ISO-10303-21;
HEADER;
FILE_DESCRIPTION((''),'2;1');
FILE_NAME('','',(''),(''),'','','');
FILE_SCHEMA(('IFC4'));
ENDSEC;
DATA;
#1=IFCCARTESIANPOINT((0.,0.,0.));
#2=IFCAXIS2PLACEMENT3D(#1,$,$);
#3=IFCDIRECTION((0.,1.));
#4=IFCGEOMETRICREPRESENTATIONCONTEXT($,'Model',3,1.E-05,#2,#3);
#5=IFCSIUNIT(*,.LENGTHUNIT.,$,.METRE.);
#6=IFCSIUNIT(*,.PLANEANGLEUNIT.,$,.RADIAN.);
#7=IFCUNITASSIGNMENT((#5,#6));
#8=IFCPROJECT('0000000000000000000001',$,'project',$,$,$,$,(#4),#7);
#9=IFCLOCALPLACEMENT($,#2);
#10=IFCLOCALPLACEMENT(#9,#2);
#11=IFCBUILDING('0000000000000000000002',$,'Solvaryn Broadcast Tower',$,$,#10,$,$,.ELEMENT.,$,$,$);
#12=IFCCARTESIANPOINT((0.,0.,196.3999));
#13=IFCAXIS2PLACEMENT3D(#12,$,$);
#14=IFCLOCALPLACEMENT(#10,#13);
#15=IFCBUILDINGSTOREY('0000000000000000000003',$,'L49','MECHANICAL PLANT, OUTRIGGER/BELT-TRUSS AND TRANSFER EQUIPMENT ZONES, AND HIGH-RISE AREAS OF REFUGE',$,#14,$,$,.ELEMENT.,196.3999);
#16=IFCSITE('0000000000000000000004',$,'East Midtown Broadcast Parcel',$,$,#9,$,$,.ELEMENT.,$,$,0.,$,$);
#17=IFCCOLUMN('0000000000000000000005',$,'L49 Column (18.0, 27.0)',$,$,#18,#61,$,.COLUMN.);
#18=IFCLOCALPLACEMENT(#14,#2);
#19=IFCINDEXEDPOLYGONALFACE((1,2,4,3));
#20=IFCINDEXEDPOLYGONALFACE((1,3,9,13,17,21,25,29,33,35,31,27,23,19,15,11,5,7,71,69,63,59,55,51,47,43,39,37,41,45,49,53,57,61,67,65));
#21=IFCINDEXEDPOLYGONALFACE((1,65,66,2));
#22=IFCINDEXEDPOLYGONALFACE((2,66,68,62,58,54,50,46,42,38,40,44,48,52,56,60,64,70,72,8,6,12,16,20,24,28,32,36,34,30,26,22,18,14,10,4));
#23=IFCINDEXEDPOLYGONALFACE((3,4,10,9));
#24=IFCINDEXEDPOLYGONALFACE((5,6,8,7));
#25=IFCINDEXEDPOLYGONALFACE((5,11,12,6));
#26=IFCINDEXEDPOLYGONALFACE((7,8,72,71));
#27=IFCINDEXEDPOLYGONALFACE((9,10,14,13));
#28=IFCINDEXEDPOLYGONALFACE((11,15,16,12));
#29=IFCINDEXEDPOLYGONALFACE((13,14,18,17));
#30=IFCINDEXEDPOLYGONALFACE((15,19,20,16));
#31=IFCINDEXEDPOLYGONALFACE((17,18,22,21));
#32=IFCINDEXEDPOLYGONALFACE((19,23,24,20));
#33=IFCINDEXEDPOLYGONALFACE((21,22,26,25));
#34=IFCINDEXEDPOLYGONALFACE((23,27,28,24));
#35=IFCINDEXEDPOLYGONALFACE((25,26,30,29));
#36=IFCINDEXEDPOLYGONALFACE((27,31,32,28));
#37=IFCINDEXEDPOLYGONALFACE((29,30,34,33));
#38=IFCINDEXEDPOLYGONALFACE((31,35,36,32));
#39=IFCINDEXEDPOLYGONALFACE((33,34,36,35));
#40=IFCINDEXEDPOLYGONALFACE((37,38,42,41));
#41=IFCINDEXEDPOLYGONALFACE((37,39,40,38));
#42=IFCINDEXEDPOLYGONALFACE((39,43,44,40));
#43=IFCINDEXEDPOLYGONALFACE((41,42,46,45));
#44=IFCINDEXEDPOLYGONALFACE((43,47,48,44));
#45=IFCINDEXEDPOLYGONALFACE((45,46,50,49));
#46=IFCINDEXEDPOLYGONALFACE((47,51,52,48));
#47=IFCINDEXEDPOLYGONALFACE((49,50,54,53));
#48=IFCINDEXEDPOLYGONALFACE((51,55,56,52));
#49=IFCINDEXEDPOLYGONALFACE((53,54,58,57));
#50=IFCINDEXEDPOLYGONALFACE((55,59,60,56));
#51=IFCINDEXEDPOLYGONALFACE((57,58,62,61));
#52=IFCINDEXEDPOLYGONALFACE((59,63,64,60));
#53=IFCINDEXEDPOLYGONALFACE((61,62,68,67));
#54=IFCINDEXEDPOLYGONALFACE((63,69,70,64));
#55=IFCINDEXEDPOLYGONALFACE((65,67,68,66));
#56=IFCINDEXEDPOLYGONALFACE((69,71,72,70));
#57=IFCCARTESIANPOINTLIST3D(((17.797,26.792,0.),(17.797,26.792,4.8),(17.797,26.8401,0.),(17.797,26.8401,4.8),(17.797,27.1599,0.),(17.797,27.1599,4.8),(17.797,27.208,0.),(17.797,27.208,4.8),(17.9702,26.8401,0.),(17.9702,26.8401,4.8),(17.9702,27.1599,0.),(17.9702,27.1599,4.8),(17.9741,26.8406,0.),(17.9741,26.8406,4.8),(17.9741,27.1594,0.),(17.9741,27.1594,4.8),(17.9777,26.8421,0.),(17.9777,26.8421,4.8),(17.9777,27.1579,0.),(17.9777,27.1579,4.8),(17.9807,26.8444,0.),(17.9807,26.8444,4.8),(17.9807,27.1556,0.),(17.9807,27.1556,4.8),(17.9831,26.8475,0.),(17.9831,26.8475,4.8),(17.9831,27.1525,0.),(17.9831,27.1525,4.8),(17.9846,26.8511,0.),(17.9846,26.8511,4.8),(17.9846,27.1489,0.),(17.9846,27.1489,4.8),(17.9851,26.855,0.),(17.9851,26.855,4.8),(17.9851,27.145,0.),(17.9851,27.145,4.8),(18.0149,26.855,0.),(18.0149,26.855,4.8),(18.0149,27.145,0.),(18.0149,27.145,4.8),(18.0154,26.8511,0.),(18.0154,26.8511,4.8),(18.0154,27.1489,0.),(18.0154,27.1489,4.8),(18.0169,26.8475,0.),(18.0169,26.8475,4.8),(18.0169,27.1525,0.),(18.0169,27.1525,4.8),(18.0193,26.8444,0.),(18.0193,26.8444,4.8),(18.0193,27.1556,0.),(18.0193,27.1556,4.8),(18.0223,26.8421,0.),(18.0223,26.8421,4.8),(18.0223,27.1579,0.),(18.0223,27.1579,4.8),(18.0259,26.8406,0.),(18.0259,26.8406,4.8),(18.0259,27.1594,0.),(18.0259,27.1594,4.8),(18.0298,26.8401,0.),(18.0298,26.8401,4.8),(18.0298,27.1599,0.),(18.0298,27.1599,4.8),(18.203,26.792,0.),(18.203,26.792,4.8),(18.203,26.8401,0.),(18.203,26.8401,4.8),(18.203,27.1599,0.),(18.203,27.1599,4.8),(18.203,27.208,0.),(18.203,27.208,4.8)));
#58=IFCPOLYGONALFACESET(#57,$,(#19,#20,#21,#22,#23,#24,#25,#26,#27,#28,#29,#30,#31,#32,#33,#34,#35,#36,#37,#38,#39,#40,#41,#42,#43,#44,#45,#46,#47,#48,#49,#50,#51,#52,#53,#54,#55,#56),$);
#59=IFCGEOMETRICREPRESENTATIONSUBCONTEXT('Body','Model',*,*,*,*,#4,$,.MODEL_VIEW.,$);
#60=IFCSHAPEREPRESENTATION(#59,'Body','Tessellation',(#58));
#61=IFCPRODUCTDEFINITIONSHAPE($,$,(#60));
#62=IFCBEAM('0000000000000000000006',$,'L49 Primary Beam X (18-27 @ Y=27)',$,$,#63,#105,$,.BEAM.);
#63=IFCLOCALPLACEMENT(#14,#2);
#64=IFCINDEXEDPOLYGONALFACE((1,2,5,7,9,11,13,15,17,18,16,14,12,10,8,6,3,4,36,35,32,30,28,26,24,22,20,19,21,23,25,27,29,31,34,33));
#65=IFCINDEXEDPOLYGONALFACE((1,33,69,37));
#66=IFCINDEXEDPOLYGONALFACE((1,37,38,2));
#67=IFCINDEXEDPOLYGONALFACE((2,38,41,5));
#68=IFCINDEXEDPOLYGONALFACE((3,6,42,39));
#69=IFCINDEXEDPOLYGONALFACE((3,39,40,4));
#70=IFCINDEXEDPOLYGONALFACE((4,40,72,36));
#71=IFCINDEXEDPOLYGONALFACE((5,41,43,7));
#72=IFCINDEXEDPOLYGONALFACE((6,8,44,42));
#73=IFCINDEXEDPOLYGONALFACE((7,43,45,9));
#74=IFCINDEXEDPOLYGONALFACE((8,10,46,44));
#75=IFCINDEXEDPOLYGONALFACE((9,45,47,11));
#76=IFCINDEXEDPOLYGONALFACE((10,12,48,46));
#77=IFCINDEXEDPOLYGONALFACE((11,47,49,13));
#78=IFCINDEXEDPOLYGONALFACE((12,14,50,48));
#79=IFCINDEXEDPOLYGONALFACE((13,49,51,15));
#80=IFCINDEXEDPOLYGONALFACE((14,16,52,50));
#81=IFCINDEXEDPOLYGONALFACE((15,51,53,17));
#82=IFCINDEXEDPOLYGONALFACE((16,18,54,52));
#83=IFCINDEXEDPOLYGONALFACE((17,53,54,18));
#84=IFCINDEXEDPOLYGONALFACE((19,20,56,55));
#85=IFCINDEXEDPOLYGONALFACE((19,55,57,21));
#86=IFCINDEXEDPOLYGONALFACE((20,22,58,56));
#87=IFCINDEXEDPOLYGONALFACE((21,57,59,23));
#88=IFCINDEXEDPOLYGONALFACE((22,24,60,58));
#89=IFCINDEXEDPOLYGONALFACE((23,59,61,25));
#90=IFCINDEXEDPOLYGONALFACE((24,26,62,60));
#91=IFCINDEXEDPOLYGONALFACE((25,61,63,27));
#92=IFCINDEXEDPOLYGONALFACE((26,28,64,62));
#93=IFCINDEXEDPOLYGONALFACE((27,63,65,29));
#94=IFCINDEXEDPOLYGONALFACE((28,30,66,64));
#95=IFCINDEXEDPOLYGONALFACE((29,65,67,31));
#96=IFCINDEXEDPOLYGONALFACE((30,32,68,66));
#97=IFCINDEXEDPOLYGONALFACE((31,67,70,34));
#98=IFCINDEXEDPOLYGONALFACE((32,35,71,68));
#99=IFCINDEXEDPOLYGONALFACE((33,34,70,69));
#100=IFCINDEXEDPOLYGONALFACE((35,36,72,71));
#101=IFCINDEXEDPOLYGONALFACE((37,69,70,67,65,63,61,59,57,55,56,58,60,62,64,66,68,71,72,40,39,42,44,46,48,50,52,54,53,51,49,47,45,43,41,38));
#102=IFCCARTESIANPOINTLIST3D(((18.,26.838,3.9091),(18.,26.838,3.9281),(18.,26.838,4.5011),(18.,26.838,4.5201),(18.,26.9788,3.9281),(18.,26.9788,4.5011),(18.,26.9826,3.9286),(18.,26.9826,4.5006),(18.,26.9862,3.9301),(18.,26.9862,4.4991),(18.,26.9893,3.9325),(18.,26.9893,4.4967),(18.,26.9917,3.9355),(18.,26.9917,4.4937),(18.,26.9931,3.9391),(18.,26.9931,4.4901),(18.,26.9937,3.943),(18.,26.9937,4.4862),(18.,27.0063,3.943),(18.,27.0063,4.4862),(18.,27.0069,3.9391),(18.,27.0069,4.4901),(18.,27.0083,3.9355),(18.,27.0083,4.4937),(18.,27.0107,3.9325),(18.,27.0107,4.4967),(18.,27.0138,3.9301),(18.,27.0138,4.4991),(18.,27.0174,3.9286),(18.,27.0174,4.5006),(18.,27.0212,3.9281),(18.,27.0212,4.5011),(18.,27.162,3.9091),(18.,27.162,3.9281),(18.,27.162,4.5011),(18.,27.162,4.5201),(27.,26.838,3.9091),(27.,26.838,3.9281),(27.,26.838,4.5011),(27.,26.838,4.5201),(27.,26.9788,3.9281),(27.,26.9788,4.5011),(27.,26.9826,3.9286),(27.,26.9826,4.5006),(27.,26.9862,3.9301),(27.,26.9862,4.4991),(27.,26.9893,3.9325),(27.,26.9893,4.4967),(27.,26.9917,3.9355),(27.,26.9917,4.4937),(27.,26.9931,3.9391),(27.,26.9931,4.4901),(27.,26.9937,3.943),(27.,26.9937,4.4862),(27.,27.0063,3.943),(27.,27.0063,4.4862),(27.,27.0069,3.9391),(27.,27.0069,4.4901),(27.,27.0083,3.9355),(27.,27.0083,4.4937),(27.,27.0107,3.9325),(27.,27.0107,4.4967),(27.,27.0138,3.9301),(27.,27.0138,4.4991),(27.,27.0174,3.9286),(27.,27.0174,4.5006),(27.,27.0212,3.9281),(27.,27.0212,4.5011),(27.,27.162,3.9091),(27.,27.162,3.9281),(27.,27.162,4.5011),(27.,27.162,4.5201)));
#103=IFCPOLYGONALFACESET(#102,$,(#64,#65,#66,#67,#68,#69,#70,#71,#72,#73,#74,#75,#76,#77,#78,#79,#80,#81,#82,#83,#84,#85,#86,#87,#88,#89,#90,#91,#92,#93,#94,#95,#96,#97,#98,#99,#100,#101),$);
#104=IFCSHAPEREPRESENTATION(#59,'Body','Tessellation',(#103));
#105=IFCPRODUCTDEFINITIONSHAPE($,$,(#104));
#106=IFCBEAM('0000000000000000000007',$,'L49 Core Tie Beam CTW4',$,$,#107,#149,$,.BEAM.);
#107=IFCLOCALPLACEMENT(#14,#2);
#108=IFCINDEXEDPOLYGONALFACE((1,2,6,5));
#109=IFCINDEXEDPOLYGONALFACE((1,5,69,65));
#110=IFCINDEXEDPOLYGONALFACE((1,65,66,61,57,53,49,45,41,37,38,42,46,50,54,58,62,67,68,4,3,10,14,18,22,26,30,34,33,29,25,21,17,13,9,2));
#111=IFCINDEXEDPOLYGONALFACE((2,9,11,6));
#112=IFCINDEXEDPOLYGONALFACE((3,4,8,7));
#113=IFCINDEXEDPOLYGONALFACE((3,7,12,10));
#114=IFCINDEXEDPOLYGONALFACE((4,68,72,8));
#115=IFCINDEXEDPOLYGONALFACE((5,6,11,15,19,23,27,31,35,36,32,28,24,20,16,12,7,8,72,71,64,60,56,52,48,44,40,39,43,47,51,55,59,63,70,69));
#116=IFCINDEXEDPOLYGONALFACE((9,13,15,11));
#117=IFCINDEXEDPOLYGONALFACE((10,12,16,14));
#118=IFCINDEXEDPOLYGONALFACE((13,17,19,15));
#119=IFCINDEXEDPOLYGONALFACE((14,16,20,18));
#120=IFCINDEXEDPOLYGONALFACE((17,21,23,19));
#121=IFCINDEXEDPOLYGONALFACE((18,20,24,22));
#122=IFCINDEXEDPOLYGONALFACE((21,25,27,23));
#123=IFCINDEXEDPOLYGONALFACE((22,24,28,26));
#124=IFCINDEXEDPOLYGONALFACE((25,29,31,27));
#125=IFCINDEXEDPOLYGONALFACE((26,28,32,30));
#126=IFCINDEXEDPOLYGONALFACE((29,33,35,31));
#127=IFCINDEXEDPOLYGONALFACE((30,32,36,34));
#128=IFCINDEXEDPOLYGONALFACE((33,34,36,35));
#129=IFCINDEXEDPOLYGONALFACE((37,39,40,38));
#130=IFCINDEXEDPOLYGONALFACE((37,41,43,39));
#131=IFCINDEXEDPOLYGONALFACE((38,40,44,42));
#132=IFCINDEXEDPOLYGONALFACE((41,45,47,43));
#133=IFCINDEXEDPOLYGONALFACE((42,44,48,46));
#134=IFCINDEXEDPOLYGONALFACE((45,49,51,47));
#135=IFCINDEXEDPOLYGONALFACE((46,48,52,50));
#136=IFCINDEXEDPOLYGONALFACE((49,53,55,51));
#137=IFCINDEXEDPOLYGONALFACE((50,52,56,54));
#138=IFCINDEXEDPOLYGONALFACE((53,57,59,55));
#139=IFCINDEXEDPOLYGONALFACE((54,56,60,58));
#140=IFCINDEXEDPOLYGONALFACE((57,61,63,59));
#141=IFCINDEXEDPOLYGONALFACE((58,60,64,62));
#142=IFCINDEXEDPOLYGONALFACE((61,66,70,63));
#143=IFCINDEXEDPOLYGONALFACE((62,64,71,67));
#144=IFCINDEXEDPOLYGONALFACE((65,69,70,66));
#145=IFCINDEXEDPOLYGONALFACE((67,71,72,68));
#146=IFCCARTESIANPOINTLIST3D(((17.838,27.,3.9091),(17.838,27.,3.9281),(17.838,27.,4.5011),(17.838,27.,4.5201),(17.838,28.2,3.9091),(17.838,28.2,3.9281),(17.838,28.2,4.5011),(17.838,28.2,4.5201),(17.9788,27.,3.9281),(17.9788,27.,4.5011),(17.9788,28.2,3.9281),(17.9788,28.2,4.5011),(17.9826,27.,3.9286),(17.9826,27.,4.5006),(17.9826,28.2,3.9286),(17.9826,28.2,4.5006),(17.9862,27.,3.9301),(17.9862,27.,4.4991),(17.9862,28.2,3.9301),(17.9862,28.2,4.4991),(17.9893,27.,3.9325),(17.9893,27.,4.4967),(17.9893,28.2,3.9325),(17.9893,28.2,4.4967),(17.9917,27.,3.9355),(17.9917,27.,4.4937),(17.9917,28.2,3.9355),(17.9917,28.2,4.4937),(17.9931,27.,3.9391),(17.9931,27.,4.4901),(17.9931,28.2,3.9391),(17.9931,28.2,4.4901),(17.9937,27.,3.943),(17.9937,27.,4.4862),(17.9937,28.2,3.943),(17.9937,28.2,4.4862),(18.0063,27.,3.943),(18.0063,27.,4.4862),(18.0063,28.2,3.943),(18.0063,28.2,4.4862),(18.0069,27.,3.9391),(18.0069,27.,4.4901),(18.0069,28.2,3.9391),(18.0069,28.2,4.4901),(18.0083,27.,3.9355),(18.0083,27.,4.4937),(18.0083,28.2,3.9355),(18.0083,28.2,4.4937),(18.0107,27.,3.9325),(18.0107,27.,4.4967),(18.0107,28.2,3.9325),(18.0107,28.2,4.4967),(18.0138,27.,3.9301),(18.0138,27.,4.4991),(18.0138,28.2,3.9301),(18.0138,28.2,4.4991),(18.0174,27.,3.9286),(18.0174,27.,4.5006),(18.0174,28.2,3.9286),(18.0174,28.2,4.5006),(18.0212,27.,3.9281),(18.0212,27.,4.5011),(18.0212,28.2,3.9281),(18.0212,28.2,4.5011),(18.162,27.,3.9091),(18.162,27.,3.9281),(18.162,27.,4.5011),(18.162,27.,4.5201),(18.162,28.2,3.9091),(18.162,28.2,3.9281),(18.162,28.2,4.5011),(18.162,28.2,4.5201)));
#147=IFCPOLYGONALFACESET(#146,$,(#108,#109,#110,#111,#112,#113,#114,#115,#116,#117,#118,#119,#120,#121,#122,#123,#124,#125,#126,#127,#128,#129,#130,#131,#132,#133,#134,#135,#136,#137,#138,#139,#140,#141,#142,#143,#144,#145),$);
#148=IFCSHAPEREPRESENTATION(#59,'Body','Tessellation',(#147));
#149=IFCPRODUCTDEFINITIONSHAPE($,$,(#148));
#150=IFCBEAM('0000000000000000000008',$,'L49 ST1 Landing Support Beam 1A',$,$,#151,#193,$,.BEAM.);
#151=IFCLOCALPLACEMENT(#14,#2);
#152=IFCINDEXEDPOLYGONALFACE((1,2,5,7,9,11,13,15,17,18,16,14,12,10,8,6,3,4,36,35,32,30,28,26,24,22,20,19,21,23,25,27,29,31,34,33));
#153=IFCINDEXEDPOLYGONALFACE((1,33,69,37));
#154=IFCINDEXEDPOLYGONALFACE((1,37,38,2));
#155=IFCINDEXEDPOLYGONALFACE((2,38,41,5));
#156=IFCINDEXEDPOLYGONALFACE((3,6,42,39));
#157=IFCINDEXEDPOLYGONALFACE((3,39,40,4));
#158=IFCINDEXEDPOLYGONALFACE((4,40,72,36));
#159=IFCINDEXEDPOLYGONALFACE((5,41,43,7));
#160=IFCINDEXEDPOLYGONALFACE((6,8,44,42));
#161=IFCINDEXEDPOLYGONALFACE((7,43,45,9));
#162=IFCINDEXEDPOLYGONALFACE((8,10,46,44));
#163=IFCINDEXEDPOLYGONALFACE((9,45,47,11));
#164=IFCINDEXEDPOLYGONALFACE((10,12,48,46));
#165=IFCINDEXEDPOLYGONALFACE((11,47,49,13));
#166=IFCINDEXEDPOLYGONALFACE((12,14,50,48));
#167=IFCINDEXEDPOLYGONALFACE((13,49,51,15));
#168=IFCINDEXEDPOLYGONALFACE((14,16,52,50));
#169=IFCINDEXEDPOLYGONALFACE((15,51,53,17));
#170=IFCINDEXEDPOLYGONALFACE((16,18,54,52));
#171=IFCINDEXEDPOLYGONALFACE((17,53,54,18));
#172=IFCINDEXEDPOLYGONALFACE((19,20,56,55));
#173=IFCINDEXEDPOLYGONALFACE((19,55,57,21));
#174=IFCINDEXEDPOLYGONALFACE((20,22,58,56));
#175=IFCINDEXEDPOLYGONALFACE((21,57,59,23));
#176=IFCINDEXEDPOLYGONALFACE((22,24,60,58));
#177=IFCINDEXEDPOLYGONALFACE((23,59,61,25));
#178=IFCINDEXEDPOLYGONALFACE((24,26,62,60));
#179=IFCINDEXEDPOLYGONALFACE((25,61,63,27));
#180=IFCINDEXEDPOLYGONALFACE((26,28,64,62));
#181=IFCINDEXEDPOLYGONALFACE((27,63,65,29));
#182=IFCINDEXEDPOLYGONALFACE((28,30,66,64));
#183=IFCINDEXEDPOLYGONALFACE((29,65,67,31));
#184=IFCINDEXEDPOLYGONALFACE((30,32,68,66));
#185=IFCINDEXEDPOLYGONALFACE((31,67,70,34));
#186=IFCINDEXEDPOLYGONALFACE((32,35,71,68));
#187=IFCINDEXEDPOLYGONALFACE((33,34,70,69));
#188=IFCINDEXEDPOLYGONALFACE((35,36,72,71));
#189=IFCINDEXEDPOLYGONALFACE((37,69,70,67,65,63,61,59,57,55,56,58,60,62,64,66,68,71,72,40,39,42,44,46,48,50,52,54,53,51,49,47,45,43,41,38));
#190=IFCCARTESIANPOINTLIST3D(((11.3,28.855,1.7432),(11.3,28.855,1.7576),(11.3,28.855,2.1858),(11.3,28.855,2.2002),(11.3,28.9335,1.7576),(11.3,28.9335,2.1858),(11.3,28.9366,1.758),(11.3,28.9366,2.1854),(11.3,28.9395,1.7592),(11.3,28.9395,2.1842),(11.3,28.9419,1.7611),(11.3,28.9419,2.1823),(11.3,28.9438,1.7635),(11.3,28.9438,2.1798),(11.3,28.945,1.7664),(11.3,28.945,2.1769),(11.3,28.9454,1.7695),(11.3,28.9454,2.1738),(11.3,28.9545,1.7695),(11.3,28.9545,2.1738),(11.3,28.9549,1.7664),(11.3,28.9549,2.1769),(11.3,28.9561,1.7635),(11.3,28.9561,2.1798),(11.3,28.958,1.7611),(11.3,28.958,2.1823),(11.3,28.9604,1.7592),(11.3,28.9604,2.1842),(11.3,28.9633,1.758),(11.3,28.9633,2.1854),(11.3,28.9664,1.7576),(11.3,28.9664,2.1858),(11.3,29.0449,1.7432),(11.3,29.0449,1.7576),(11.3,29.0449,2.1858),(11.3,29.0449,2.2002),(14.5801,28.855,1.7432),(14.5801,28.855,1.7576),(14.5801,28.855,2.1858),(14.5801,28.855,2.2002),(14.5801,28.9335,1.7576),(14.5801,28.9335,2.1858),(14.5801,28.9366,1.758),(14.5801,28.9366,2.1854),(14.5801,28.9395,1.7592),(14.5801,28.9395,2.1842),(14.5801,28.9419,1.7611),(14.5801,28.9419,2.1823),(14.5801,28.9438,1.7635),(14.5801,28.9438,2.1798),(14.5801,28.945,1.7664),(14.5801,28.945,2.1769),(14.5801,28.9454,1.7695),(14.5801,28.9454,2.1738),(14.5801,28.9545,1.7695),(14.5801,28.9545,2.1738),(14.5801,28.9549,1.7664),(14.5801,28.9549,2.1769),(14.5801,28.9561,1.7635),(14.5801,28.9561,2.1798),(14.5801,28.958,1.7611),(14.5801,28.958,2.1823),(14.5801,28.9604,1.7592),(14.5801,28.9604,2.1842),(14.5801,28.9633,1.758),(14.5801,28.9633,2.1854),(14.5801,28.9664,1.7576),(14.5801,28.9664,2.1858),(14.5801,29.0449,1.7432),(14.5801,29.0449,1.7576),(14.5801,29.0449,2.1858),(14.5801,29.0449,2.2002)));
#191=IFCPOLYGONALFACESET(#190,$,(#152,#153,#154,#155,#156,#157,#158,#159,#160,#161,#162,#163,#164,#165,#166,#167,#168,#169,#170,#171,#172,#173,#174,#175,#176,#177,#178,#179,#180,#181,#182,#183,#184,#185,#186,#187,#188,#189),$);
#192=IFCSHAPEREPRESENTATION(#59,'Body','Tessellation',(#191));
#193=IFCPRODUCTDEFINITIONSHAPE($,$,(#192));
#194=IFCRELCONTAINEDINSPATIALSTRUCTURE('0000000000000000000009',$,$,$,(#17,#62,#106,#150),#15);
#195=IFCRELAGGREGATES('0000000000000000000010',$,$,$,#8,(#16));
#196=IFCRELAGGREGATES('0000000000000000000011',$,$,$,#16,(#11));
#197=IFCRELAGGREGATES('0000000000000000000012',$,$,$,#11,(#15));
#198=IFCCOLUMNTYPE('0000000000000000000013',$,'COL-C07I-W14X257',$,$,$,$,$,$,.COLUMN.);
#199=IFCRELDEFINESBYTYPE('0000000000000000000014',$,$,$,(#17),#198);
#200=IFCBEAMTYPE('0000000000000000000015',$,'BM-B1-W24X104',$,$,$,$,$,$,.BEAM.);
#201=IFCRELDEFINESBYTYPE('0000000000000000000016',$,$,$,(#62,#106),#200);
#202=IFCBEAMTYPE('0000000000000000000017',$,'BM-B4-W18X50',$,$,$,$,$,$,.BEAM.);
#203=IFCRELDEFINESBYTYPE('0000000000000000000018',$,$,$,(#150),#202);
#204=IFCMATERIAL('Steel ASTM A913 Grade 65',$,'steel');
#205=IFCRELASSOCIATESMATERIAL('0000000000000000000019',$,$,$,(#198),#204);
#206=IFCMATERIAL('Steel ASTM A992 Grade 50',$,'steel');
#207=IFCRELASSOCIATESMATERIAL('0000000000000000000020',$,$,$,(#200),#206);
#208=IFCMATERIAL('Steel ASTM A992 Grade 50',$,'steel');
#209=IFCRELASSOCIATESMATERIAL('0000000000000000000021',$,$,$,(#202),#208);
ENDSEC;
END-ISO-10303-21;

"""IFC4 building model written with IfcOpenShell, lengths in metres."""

from ifc_helpers import new_model, si_unit, direction, frame, origin, origin_2d, place, context, subcontext, project, spatial, i_section, extrude, material, material_profile, profile_set, type_object, element, save


model = new_model("IFC4")

# Units and contexts
model_context = context("Model", 3, precision=1e-05, world=origin(), true_north=direction((0.0, 1.0)))
body_context = subcontext(model_context, "Body", "Model", "MODEL_VIEW")
ifc_project = project(units=[si_unit("LENGTHUNIT", "METRE"), si_unit("PLANEANGLEUNIT", "RADIAN")], contexts=[model_context])

# Site, building, storey
site_placement = place(None, origin())
site = spatial("IfcSite", under=ifc_project, at=site_placement, Name="East Midtown Broadcast Parcel", CompositionType="ELEMENT", RefElevation=0.0)
building_placement = place(site_placement, origin())
building = spatial("IfcBuilding", under=site, at=building_placement, Name="Solvaryn Broadcast Tower", CompositionType="ELEMENT")
storey_placement = place(building_placement, frame((0.0, 0.0, 196.3999)))
storey = spatial("IfcBuildingStorey", under=building, at=storey_placement, Name="L49", Description="MECHANICAL PLANT, OUTRIGGER/BELT-TRUSS AND TRANSFER EQUIPMENT ZONES, AND HIGH-RISE AREAS OF REFUGE", CompositionType="ELEMENT", Elevation=196.3999)

# Column
ifc_material_1 = material(Name="Steel ASTM A913 Grade 65", Category="steel")
ifc_material_profile_1 = material_profile(ifc_material_1, i_section(OverallWidth=0.406, OverallDepth=0.416, WebThickness=0.0298, FlangeThickness=0.0481, FilletRadius=0.0149, at=origin_2d()))
ifc_profile_set_1 = profile_set([ifc_material_profile_1], Name="Steel ASTM A913 Grade 65")
column_type = type_object("IfcColumnType", Name="COL-C07I-W14X257", PredefinedType="COLUMN", material=ifc_profile_set_1)
column_placement = place(storey_placement, frame((18.0, 27.0, 0.0), z_axis=(0.0, 0.0, 1.0), x_axis=(1.0, 0.0, 0.0)))
element("IfcColumn", 1, at=column_placement, inside=storey, type_object=column_type, Name="L49 Column (18.0, 27.0)", PredefinedType="COLUMN", context=body_context, shape_type="SweptSolid", body=[
    extrude(i_section(OverallWidth=0.406, OverallDepth=0.416, WebThickness=0.0298, FlangeThickness=0.0481, FilletRadius=0.0149, at=origin_2d()), origin(), (0.0, 0.0, 1.0), 4.8),
])

# Beams
ifc_material_2 = material(Name="Steel ASTM A992 Grade 50", Category="steel")
ifc_material_profile_2 = material_profile(ifc_material_2, i_section(OverallWidth=0.324, OverallDepth=0.6111, WebThickness=0.0127, FlangeThickness=0.019, FilletRadius=0.0149, at=origin_2d()))
ifc_profile_set_2 = profile_set([ifc_material_profile_2], Name="Steel ASTM A992 Grade 50")
beam_type_1 = type_object("IfcBeamType", Name="BM-B1-W24X104", PredefinedType="BEAM", material=ifc_profile_set_2)
beam_1_placement = place(storey_placement, frame((18.0, 27.0, 4.2146), z_axis=(1.0, 0.0, 0.0), x_axis=(0.0, 1.0, 0.0)))
element("IfcBeam", 2, at=beam_1_placement, inside=storey, type_object=beam_type_1, Name="L49 Primary Beam X (18-27 @ Y=27)", PredefinedType="BEAM", context=body_context, shape_type="SweptSolid", body=[
    extrude(i_section(OverallWidth=0.324, OverallDepth=0.6111, WebThickness=0.0127, FlangeThickness=0.019, FilletRadius=0.0149, at=origin_2d()), origin(), (0.0, 0.0, 1.0), 9.0),
])
beam_2_placement = place(storey_placement, frame((18.0, 27.0, 4.2146), z_axis=(0.0, 1.0, 0.0), x_axis=(-1.0, 0.0, 0.0)))
element("IfcBeam", 3, at=beam_2_placement, inside=storey, type_object=beam_type_1, Name="L49 Core Tie Beam CTW4", PredefinedType="BEAM", context=body_context, shape_type="SweptSolid", body=[
    extrude(i_section(OverallWidth=0.324, OverallDepth=0.6111, WebThickness=0.0127, FlangeThickness=0.019, FilletRadius=0.0149, at=origin_2d()), origin(), (0.0, 0.0, 1.0), 1.2),
])
ifc_material_3 = material(Name="Steel ASTM A992 Grade 50", Category="steel")
ifc_material_profile_3 = material_profile(ifc_material_3, i_section(OverallWidth=0.1899, OverallDepth=0.457, WebThickness=0.009, FlangeThickness=0.0144, FilletRadius=0.012, at=origin_2d()))
ifc_profile_set_3 = profile_set([ifc_material_profile_3], Name="Steel ASTM A992 Grade 50")
beam_type_2 = type_object("IfcBeamType", Name="BM-B4-W18X50", PredefinedType="BEAM", material=ifc_profile_set_3)
for number, where, z_axis, x_axis, name in (
    (4, (11.3, 28.95, 1.9717), (1.0, 0.0, 0.0), (0.0, 1.0, 0.0), "L49 ST1 Landing Support Beam 1A"),
):
    element("IfcBeam", number, at=place(storey_placement, frame(where, z_axis=z_axis, x_axis=x_axis)), inside=storey, type_object=beam_type_2, Name=name, PredefinedType="BEAM", context=body_context, shape_type="SweptSolid", body=[
        extrude(i_section(OverallWidth=0.1899, OverallDepth=0.457, WebThickness=0.009, FlangeThickness=0.0144, FilletRadius=0.012, at=origin_2d()), origin(), (0.0, 0.0, 1.0), 3.28),
    ])

save(model, "model.ifc")
